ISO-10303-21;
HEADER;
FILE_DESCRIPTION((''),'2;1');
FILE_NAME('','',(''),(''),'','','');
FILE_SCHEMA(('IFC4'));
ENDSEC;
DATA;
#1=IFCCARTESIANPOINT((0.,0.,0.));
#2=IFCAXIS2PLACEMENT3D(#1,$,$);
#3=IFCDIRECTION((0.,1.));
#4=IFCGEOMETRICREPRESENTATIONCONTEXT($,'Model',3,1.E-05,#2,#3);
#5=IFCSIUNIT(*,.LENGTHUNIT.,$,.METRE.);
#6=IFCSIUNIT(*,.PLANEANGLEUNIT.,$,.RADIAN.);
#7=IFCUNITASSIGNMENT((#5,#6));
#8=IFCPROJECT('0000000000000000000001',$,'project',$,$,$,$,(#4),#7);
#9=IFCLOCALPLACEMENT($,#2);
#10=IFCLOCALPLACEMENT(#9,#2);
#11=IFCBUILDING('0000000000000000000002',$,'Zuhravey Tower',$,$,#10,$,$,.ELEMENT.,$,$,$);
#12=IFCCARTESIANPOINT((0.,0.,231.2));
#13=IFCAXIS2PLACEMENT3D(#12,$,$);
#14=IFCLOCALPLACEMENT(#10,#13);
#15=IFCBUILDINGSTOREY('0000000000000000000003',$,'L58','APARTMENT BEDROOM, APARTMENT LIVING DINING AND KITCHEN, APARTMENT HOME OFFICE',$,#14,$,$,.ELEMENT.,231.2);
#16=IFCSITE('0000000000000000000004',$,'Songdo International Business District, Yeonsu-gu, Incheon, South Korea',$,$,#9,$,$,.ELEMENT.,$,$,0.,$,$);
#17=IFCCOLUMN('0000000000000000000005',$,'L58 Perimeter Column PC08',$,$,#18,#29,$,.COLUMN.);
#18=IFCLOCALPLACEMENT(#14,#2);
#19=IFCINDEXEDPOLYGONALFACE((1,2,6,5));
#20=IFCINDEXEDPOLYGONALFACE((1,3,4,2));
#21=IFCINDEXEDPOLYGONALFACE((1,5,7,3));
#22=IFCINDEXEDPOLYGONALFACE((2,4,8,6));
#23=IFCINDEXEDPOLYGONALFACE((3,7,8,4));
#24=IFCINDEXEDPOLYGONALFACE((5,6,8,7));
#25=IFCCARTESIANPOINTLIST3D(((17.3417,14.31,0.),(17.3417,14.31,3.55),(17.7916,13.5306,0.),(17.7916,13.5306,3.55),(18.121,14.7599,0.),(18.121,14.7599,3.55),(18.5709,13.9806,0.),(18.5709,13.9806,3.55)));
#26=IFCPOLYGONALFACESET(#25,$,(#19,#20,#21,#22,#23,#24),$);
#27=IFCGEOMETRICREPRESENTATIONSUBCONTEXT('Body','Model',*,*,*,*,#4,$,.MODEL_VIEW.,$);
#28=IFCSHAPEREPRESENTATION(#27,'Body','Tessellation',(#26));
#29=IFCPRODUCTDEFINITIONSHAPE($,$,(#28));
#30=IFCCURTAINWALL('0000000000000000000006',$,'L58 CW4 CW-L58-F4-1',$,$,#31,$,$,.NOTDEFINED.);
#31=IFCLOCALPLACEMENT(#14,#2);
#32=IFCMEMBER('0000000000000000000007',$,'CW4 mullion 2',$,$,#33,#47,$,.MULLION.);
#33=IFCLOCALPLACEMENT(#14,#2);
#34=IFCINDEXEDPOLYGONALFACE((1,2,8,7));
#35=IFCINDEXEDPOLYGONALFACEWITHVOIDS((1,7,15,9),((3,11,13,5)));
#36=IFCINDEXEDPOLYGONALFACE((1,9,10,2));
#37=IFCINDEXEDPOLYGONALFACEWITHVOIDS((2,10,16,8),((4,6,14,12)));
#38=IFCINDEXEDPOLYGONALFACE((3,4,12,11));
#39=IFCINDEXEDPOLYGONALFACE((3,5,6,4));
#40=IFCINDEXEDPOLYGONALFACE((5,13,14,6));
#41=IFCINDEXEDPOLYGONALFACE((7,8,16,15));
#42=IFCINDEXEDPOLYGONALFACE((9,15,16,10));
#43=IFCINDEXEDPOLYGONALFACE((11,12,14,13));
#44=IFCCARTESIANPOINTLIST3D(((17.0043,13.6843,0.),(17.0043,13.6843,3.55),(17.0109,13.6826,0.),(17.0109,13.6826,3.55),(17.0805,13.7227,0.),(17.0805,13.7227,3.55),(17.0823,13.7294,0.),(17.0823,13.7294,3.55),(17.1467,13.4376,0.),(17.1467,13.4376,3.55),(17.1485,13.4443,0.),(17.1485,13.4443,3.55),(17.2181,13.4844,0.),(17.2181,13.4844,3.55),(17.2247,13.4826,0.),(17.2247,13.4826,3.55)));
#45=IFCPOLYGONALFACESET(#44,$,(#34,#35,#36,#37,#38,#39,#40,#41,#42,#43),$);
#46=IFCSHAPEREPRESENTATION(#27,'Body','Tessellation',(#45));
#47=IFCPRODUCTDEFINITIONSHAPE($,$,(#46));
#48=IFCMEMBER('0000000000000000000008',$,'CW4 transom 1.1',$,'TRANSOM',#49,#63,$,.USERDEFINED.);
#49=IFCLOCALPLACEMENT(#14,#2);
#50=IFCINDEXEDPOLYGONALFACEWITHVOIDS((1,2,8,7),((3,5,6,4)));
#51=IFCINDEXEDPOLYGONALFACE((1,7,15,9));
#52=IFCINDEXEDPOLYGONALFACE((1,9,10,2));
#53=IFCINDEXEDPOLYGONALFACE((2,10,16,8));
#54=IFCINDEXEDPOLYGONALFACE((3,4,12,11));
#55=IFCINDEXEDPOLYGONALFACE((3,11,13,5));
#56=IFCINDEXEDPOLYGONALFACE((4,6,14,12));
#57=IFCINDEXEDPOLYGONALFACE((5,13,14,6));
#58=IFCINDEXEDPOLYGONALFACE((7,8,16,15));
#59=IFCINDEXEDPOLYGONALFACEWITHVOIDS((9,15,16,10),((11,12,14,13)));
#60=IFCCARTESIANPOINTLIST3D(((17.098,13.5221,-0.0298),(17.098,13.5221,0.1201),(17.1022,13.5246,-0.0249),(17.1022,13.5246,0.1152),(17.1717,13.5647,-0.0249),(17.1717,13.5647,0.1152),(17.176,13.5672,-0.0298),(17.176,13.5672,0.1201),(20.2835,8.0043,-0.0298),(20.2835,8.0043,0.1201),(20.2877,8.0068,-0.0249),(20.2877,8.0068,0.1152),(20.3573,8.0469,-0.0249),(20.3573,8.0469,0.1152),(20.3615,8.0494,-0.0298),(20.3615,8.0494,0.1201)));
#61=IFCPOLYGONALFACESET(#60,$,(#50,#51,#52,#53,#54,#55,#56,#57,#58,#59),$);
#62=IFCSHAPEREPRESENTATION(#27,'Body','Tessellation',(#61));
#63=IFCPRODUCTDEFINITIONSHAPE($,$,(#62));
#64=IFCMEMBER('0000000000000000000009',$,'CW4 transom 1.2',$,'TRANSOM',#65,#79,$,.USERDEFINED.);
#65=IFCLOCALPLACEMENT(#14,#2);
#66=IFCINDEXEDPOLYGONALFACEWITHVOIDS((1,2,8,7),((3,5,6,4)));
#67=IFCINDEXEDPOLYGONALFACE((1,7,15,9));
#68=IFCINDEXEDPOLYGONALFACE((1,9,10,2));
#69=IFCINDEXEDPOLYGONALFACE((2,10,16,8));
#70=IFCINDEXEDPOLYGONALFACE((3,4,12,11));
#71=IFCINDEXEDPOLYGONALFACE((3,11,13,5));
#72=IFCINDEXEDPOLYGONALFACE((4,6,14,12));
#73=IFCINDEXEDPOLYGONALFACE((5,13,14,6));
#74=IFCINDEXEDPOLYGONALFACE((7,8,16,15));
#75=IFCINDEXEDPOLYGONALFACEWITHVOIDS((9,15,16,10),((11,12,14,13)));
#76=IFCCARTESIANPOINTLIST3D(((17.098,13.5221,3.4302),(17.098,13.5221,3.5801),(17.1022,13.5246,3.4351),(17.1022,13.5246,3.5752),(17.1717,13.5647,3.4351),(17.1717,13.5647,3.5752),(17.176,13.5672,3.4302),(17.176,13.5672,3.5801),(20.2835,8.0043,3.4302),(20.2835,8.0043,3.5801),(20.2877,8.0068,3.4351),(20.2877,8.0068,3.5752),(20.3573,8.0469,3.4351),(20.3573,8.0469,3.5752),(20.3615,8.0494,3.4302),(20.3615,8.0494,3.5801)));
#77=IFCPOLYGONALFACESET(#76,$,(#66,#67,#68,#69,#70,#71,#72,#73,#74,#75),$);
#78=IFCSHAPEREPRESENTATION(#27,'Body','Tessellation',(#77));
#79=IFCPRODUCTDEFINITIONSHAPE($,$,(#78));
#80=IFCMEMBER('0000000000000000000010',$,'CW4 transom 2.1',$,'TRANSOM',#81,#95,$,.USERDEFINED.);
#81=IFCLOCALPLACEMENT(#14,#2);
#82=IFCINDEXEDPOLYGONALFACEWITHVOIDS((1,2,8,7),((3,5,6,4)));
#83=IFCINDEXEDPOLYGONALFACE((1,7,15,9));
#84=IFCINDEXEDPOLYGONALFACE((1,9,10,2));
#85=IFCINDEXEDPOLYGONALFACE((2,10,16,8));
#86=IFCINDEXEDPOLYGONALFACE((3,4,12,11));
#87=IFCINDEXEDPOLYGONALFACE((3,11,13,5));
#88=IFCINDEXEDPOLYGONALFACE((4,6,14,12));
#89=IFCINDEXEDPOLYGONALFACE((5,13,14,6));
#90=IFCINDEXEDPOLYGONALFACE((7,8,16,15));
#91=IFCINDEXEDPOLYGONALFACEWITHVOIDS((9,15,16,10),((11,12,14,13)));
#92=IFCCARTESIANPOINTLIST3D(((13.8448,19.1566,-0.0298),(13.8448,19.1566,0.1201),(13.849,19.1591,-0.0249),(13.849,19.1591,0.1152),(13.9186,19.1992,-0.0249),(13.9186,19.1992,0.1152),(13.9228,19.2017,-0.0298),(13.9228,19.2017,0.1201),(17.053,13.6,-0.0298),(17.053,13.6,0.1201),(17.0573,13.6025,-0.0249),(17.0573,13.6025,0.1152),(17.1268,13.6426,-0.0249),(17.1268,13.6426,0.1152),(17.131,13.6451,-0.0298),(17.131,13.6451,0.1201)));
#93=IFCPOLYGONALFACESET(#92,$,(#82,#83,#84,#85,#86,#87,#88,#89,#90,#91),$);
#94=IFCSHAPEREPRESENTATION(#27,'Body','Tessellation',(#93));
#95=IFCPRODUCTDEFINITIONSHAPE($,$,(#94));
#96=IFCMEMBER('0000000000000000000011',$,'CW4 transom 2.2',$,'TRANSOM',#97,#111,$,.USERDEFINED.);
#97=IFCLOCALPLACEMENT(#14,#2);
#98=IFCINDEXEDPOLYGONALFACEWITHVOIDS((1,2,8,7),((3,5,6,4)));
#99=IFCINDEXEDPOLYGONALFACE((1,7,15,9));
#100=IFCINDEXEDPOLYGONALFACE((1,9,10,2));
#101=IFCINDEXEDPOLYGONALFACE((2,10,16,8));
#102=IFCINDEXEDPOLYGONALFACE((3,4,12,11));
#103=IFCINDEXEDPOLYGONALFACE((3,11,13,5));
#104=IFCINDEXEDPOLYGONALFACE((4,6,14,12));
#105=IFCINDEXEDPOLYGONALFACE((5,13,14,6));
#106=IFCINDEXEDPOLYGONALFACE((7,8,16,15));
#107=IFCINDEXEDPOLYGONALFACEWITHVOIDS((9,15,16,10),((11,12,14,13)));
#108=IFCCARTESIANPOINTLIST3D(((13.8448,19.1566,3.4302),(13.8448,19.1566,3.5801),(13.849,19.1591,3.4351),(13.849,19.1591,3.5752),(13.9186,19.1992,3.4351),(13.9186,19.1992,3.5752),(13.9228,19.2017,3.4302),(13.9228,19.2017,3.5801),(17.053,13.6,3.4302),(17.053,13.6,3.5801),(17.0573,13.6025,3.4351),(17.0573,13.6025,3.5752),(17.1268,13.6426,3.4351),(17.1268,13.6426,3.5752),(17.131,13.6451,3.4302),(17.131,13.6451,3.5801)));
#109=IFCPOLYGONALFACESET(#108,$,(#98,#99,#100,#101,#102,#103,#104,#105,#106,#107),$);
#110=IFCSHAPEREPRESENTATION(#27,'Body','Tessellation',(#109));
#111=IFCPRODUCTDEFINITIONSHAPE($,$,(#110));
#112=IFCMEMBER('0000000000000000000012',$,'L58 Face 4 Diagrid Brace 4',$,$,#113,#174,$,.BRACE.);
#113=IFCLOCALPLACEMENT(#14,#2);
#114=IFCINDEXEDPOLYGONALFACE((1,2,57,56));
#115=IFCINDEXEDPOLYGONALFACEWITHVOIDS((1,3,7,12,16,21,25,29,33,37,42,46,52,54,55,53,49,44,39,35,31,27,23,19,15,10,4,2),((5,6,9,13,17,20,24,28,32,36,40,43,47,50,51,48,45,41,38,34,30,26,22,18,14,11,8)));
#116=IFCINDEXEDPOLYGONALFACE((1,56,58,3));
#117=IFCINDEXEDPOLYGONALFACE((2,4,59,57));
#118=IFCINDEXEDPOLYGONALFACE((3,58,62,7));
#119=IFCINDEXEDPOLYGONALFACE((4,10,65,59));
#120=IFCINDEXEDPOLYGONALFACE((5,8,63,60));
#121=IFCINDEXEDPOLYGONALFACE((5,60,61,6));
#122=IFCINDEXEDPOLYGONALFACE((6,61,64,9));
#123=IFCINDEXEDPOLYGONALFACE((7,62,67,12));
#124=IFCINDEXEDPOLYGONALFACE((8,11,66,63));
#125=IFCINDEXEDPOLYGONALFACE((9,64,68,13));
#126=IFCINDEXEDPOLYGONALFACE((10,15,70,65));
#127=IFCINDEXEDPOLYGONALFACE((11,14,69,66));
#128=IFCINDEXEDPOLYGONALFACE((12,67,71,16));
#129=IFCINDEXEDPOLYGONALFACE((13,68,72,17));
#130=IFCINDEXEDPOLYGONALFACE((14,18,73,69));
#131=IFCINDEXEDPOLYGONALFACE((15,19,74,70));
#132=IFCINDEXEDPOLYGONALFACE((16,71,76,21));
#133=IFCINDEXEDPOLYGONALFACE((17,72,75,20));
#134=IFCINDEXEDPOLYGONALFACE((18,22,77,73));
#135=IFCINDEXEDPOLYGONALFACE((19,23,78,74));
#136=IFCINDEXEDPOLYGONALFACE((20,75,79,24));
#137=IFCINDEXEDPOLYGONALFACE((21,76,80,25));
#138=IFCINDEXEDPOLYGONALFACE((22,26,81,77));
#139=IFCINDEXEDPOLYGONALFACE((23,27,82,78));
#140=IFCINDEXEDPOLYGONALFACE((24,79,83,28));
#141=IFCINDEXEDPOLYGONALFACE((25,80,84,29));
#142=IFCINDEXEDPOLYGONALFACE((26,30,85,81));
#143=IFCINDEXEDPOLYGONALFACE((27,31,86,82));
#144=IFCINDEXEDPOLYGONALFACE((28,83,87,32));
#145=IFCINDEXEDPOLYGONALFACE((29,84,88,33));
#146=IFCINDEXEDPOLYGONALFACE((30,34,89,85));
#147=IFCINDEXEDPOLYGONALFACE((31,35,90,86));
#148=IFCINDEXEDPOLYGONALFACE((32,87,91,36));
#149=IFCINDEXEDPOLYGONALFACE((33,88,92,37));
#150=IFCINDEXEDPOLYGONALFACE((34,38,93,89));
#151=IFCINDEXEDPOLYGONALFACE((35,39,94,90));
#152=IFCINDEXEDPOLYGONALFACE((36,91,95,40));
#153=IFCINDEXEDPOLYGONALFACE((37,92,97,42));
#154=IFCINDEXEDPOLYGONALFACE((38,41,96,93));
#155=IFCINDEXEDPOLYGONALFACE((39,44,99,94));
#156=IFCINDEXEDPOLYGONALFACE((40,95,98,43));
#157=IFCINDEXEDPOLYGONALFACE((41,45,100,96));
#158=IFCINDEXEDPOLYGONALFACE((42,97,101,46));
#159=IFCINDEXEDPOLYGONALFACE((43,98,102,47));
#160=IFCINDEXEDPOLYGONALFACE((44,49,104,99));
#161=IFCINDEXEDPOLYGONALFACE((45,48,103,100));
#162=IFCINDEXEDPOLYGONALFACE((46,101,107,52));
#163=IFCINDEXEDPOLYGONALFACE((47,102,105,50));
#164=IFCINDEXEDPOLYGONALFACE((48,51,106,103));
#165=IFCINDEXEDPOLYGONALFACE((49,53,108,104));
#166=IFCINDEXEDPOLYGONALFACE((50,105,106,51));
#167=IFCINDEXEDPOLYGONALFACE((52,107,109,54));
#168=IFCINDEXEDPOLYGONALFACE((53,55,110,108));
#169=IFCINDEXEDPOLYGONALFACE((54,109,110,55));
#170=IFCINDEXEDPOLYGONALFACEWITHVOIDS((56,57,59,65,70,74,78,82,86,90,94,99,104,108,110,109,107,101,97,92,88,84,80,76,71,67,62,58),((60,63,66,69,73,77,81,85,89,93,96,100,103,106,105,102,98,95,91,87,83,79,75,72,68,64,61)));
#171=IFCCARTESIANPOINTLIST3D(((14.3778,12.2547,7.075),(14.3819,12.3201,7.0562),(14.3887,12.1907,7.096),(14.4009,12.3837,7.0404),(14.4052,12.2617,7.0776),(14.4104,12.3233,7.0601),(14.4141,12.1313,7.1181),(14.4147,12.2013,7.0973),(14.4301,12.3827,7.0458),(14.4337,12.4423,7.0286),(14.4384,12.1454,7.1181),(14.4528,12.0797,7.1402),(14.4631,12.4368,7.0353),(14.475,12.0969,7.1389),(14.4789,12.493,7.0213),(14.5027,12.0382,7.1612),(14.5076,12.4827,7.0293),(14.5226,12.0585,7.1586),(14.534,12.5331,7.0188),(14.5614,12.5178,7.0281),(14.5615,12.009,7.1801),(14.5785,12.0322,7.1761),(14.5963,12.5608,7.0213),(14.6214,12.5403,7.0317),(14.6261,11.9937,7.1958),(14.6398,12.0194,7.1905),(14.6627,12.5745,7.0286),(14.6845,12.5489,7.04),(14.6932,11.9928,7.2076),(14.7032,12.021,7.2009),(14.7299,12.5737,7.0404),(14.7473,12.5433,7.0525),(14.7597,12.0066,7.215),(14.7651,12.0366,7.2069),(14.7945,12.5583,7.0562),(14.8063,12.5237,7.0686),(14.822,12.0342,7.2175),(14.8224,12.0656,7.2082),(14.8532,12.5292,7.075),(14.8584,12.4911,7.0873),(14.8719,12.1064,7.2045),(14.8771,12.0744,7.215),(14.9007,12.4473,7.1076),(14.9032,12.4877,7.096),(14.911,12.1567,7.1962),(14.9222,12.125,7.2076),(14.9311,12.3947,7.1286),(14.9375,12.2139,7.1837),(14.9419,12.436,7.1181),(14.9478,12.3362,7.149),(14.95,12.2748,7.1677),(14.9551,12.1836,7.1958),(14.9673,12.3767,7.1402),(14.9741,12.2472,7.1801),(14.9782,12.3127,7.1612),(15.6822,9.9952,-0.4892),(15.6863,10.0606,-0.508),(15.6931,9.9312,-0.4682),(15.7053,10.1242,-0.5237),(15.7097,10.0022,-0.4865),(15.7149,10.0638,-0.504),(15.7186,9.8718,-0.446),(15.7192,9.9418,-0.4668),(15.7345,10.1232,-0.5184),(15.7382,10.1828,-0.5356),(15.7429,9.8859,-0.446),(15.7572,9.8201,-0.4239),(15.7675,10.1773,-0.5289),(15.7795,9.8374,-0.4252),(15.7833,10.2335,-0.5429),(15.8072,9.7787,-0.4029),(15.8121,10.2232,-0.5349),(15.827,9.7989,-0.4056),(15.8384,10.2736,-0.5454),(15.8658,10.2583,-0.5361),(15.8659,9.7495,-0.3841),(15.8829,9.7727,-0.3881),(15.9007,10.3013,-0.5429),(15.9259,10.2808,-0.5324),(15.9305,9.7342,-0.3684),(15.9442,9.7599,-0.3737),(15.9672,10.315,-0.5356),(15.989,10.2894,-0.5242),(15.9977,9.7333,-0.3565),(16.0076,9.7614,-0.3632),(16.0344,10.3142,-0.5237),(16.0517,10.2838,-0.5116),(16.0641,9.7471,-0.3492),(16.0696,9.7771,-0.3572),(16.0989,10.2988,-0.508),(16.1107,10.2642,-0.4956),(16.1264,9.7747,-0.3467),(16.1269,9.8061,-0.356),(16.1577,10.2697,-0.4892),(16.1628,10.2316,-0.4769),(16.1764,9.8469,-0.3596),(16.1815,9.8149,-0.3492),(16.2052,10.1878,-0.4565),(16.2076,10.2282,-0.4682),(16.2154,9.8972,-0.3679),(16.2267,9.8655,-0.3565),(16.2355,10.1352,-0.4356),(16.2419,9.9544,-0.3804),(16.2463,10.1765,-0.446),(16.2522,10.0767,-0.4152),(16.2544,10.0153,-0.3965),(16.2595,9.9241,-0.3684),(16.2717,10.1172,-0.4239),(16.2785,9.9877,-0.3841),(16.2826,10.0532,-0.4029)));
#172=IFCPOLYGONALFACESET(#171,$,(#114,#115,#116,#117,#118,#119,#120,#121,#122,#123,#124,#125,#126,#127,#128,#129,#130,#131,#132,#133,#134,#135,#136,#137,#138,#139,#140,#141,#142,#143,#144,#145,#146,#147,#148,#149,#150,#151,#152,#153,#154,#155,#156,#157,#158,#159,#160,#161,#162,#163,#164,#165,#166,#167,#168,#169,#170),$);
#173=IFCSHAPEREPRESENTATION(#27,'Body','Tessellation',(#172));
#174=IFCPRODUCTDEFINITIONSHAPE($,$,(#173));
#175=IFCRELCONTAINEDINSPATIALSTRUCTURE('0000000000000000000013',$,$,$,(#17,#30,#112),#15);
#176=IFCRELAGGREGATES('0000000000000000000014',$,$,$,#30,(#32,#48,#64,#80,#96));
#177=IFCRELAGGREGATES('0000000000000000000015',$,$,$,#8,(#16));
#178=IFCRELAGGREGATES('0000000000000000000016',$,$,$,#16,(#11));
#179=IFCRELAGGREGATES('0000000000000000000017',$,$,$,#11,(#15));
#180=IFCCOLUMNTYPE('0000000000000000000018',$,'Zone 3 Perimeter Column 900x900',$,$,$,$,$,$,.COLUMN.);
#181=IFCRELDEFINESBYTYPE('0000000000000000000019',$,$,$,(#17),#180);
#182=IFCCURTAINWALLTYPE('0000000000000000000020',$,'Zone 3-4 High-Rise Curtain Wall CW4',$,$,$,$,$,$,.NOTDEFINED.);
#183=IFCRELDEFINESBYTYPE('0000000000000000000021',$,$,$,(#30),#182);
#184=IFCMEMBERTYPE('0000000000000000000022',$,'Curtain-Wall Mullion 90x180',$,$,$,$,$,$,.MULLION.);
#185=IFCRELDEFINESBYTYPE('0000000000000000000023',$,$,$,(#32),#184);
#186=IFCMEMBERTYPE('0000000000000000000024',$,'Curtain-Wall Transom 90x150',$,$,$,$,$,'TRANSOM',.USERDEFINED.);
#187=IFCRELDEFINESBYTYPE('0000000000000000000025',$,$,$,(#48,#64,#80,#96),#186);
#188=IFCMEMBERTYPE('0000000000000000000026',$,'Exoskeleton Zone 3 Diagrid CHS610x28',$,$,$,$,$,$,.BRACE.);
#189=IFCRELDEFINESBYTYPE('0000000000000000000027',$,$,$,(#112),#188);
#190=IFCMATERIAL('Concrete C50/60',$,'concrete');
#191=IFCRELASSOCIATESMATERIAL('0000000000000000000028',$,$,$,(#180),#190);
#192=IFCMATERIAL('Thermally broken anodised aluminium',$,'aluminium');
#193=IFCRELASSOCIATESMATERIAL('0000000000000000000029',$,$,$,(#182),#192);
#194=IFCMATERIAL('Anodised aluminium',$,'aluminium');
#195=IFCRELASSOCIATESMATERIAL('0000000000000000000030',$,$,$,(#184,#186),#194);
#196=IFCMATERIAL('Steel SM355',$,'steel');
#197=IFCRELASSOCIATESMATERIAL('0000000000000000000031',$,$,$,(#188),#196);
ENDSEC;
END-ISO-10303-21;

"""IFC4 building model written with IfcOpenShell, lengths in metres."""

from ifc_helpers import new_model, si_unit, direction, frame, origin, origin_2d, place, context, subcontext, project, spatial, rectangle, hollow_rectangle, hollow_circle, extrude, material, material_profile, profile_set, type_object, element, aggregate, save


model = new_model("IFC4")

# Units and contexts
model_context = context("Model", 3, precision=1e-05, world=origin(), true_north=direction((0.0, 1.0)))
body_context = subcontext(model_context, "Body", "Model", "MODEL_VIEW")
ifc_project = project(units=[si_unit("LENGTHUNIT", "METRE"), si_unit("PLANEANGLEUNIT", "RADIAN")], contexts=[model_context])

# Site, building, storey
site_placement = place(None, origin())
site = spatial("IfcSite", under=ifc_project, at=site_placement, Name="Songdo International Business District, Yeonsu-gu, Incheon, South Korea", CompositionType="ELEMENT", RefElevation=0.0)
building_placement = place(site_placement, origin())
building = spatial("IfcBuilding", under=site, at=building_placement, Name="Zuhravey Tower", CompositionType="ELEMENT")
storey_placement = place(building_placement, frame((0.0, 0.0, 231.2)))
storey = spatial("IfcBuildingStorey", under=building, at=storey_placement, Name="L58", Description="APARTMENT BEDROOM, APARTMENT LIVING DINING AND KITCHEN, APARTMENT HOME OFFICE", CompositionType="ELEMENT", Elevation=231.2)

# Column
ifc_material_1 = material(Name="Concrete C50/60", Category="concrete")
ifc_material_profile_1 = material_profile(ifc_material_1, rectangle(XDim=0.8999, YDim=0.8999, at=origin_2d()), Name="RC-900x900")
ifc_profile_set_1 = profile_set([ifc_material_profile_1], Name="Concrete C50/60")
column_type = type_object("IfcColumnType", Name="Zone 3 Perimeter Column 900x900", PredefinedType="COLUMN", material=ifc_profile_set_1)
column_placement = place(storey_placement, frame((17.9563, 14.1453, 0.0), z_axis=(0.0, 0.0, 1.0), x_axis=(0.5, -0.866025, 0.0)))
element("IfcColumn", 1, at=column_placement, inside=storey, type_object=column_type, Name="L58 Perimeter Column PC08", PredefinedType="COLUMN", context=body_context, shape_type="SweptSolid", body=[
    extrude(rectangle(XDim=0.8999, YDim=0.8999, at=origin_2d()), origin(), (0.0, 0.0, 1.0), 3.55),
])

# Curtain wall, members
ifc_material_2 = material(Name="Thermally broken anodised aluminium", Category="aluminium")
curtain_wall_type = type_object("IfcCurtainWallType", Name="Zone 3-4 High-Rise Curtain Wall CW4", PredefinedType="NOTDEFINED", material=ifc_material_2)
curtain_wall_placement = place(storey_placement, origin())
curtain_wall = element("IfcCurtainWall", 2, at=curtain_wall_placement, inside=storey, type_object=curtain_wall_type, Name="L58 CW4 CW-L58-F4-1", PredefinedType="NOTDEFINED")
ifc_material_3 = material(Name="Anodised aluminium", Category="aluminium")
ifc_material_profile_2 = material_profile(ifc_material_3, hollow_rectangle(XDim=0.0901, YDim=0.2849, WallThickness=0.0049, at=origin_2d()), Name="ALU-RHS-90x285x5")
ifc_profile_set_2 = profile_set([ifc_material_profile_2], Name="Anodised aluminium")
member_type_1 = type_object("IfcMemberType", Name="Curtain-Wall Mullion 90x180", PredefinedType="MULLION", material=ifc_profile_set_2)
member_1_placement = place(storey_placement, frame((17.1145, 13.5835, 0.0), z_axis=(0.0, 0.0, 1.0), x_axis=(-0.866025, -0.500001, 0.0)))
member_1 = element("IfcMember", 3, at=member_1_placement, type_object=member_type_1, Name="CW4 mullion 2", PredefinedType="MULLION", context=body_context, shape_type="SweptSolid", body=[
    extrude(hollow_rectangle(XDim=0.0901, YDim=0.2849, WallThickness=0.0049, at=origin_2d()), origin(), (0.0, 0.0, 1.0), 3.55),
])
ifc_material_profile_3 = material_profile(ifc_material_3, hollow_rectangle(XDim=0.0901, YDim=0.1499, WallThickness=0.0049, at=origin_2d()), Name="ALU-RHS-90x150x5")
ifc_profile_set_3 = profile_set([ifc_material_profile_3], Name="Anodised aluminium")
member_type_2 = type_object("IfcMemberType", Name="Curtain-Wall Transom 90x150", ElementType="TRANSOM", PredefinedType="USERDEFINED", material=ifc_profile_set_3)
member_2_placement = place(storey_placement, frame((20.3225, 8.0269, 0.0452), z_axis=(-0.49998, 0.866037, 0.0), x_axis=(-0.866037, -0.49998, 0.0)))
member_2 = element("IfcMember", 4, at=member_2_placement, type_object=member_type_2, Name="CW4 transom 1.1", ObjectType="TRANSOM", PredefinedType="USERDEFINED", context=body_context, shape_type="SweptSolid", body=[
    extrude(hollow_rectangle(XDim=0.0901, YDim=0.1499, WallThickness=0.0049, at=origin_2d()), origin(), (0.0, 0.0, 1.0), 6.3713),
])
member_3_placement = place(storey_placement, frame((20.3225, 8.0269, 3.5051), z_axis=(-0.49998, 0.866037, 0.0), x_axis=(-0.866037, -0.49998, 0.0)))
member_3 = element("IfcMember", 5, at=member_3_placement, type_object=member_type_2, Name="CW4 transom 1.2", ObjectType="TRANSOM", PredefinedType="USERDEFINED", context=body_context, shape_type="SweptSolid", body=[
    extrude(hollow_rectangle(XDim=0.0901, YDim=0.1499, WallThickness=0.0049, at=origin_2d()), origin(), (0.0, 0.0, 1.0), 6.3713),
])
member_4_placement = place(storey_placement, frame((17.092, 13.6226, 0.0452), z_axis=(-0.500014, 0.866017, 0.0), x_axis=(-0.866017, -0.500014, 0.0)))
member_4 = element("IfcMember", 6, at=member_4_placement, type_object=member_type_2, Name="CW4 transom 2.1", ObjectType="TRANSOM", PredefinedType="USERDEFINED", context=body_context, shape_type="SweptSolid", body=[
    extrude(hollow_rectangle(XDim=0.0901, YDim=0.1499, WallThickness=0.0049, at=origin_2d()), origin(), (0.0, 0.0, 1.0), 6.4163),
])
member_5_placement = place(storey_placement, frame((17.092, 13.6226, 3.5051), z_axis=(-0.500014, 0.866017, 0.0), x_axis=(-0.866017, -0.500014, 0.0)))
member_5 = element("IfcMember", 7, at=member_5_placement, type_object=member_type_2, Name="CW4 transom 2.2", ObjectType="TRANSOM", PredefinedType="USERDEFINED", context=body_context, shape_type="SweptSolid", body=[
    extrude(hollow_rectangle(XDim=0.0901, YDim=0.1499, WallThickness=0.0049, at=origin_2d()), origin(), (0.0, 0.0, 1.0), 6.4163),
])

# Member
ifc_material_4 = material(Name="Steel SM355", Category="steel")
ifc_material_profile_4 = material_profile(ifc_material_4, hollow_circle(Radius=0.3047, WallThickness=0.0281, at=origin_2d()), Name="CHS-609.6x28")
ifc_profile_set_4 = profile_set([ifc_material_profile_4], Name="Steel SM355")
member_type_3 = type_object("IfcMemberType", Name="Exoskeleton Zone 3 Diagrid CHS610x28", PredefinedType="BRACE", material=ifc_profile_set_4)
member_6_placement = place(storey_placement, frame((15.9824, 10.0242, -0.446), z_axis=(-0.163025, 0.282387, 0.945347), x_axis=(-0.866041, -0.499974, 0.0)))
element("IfcMember", 8, at=member_6_placement, inside=storey, type_object=member_type_3, Name="L58 Face 4 Diagrid Brace 4", PredefinedType="BRACE", context=body_context, shape_type="SweptSolid", body=[
    extrude(hollow_circle(Radius=0.3047, WallThickness=0.0281, at=origin_2d()), origin(), (0.0, 0.0, 1.0), 8.0015),
])

aggregate(curtain_wall, [member_1, member_2, member_3, member_4, member_5])

save(model, "model.ifc")
